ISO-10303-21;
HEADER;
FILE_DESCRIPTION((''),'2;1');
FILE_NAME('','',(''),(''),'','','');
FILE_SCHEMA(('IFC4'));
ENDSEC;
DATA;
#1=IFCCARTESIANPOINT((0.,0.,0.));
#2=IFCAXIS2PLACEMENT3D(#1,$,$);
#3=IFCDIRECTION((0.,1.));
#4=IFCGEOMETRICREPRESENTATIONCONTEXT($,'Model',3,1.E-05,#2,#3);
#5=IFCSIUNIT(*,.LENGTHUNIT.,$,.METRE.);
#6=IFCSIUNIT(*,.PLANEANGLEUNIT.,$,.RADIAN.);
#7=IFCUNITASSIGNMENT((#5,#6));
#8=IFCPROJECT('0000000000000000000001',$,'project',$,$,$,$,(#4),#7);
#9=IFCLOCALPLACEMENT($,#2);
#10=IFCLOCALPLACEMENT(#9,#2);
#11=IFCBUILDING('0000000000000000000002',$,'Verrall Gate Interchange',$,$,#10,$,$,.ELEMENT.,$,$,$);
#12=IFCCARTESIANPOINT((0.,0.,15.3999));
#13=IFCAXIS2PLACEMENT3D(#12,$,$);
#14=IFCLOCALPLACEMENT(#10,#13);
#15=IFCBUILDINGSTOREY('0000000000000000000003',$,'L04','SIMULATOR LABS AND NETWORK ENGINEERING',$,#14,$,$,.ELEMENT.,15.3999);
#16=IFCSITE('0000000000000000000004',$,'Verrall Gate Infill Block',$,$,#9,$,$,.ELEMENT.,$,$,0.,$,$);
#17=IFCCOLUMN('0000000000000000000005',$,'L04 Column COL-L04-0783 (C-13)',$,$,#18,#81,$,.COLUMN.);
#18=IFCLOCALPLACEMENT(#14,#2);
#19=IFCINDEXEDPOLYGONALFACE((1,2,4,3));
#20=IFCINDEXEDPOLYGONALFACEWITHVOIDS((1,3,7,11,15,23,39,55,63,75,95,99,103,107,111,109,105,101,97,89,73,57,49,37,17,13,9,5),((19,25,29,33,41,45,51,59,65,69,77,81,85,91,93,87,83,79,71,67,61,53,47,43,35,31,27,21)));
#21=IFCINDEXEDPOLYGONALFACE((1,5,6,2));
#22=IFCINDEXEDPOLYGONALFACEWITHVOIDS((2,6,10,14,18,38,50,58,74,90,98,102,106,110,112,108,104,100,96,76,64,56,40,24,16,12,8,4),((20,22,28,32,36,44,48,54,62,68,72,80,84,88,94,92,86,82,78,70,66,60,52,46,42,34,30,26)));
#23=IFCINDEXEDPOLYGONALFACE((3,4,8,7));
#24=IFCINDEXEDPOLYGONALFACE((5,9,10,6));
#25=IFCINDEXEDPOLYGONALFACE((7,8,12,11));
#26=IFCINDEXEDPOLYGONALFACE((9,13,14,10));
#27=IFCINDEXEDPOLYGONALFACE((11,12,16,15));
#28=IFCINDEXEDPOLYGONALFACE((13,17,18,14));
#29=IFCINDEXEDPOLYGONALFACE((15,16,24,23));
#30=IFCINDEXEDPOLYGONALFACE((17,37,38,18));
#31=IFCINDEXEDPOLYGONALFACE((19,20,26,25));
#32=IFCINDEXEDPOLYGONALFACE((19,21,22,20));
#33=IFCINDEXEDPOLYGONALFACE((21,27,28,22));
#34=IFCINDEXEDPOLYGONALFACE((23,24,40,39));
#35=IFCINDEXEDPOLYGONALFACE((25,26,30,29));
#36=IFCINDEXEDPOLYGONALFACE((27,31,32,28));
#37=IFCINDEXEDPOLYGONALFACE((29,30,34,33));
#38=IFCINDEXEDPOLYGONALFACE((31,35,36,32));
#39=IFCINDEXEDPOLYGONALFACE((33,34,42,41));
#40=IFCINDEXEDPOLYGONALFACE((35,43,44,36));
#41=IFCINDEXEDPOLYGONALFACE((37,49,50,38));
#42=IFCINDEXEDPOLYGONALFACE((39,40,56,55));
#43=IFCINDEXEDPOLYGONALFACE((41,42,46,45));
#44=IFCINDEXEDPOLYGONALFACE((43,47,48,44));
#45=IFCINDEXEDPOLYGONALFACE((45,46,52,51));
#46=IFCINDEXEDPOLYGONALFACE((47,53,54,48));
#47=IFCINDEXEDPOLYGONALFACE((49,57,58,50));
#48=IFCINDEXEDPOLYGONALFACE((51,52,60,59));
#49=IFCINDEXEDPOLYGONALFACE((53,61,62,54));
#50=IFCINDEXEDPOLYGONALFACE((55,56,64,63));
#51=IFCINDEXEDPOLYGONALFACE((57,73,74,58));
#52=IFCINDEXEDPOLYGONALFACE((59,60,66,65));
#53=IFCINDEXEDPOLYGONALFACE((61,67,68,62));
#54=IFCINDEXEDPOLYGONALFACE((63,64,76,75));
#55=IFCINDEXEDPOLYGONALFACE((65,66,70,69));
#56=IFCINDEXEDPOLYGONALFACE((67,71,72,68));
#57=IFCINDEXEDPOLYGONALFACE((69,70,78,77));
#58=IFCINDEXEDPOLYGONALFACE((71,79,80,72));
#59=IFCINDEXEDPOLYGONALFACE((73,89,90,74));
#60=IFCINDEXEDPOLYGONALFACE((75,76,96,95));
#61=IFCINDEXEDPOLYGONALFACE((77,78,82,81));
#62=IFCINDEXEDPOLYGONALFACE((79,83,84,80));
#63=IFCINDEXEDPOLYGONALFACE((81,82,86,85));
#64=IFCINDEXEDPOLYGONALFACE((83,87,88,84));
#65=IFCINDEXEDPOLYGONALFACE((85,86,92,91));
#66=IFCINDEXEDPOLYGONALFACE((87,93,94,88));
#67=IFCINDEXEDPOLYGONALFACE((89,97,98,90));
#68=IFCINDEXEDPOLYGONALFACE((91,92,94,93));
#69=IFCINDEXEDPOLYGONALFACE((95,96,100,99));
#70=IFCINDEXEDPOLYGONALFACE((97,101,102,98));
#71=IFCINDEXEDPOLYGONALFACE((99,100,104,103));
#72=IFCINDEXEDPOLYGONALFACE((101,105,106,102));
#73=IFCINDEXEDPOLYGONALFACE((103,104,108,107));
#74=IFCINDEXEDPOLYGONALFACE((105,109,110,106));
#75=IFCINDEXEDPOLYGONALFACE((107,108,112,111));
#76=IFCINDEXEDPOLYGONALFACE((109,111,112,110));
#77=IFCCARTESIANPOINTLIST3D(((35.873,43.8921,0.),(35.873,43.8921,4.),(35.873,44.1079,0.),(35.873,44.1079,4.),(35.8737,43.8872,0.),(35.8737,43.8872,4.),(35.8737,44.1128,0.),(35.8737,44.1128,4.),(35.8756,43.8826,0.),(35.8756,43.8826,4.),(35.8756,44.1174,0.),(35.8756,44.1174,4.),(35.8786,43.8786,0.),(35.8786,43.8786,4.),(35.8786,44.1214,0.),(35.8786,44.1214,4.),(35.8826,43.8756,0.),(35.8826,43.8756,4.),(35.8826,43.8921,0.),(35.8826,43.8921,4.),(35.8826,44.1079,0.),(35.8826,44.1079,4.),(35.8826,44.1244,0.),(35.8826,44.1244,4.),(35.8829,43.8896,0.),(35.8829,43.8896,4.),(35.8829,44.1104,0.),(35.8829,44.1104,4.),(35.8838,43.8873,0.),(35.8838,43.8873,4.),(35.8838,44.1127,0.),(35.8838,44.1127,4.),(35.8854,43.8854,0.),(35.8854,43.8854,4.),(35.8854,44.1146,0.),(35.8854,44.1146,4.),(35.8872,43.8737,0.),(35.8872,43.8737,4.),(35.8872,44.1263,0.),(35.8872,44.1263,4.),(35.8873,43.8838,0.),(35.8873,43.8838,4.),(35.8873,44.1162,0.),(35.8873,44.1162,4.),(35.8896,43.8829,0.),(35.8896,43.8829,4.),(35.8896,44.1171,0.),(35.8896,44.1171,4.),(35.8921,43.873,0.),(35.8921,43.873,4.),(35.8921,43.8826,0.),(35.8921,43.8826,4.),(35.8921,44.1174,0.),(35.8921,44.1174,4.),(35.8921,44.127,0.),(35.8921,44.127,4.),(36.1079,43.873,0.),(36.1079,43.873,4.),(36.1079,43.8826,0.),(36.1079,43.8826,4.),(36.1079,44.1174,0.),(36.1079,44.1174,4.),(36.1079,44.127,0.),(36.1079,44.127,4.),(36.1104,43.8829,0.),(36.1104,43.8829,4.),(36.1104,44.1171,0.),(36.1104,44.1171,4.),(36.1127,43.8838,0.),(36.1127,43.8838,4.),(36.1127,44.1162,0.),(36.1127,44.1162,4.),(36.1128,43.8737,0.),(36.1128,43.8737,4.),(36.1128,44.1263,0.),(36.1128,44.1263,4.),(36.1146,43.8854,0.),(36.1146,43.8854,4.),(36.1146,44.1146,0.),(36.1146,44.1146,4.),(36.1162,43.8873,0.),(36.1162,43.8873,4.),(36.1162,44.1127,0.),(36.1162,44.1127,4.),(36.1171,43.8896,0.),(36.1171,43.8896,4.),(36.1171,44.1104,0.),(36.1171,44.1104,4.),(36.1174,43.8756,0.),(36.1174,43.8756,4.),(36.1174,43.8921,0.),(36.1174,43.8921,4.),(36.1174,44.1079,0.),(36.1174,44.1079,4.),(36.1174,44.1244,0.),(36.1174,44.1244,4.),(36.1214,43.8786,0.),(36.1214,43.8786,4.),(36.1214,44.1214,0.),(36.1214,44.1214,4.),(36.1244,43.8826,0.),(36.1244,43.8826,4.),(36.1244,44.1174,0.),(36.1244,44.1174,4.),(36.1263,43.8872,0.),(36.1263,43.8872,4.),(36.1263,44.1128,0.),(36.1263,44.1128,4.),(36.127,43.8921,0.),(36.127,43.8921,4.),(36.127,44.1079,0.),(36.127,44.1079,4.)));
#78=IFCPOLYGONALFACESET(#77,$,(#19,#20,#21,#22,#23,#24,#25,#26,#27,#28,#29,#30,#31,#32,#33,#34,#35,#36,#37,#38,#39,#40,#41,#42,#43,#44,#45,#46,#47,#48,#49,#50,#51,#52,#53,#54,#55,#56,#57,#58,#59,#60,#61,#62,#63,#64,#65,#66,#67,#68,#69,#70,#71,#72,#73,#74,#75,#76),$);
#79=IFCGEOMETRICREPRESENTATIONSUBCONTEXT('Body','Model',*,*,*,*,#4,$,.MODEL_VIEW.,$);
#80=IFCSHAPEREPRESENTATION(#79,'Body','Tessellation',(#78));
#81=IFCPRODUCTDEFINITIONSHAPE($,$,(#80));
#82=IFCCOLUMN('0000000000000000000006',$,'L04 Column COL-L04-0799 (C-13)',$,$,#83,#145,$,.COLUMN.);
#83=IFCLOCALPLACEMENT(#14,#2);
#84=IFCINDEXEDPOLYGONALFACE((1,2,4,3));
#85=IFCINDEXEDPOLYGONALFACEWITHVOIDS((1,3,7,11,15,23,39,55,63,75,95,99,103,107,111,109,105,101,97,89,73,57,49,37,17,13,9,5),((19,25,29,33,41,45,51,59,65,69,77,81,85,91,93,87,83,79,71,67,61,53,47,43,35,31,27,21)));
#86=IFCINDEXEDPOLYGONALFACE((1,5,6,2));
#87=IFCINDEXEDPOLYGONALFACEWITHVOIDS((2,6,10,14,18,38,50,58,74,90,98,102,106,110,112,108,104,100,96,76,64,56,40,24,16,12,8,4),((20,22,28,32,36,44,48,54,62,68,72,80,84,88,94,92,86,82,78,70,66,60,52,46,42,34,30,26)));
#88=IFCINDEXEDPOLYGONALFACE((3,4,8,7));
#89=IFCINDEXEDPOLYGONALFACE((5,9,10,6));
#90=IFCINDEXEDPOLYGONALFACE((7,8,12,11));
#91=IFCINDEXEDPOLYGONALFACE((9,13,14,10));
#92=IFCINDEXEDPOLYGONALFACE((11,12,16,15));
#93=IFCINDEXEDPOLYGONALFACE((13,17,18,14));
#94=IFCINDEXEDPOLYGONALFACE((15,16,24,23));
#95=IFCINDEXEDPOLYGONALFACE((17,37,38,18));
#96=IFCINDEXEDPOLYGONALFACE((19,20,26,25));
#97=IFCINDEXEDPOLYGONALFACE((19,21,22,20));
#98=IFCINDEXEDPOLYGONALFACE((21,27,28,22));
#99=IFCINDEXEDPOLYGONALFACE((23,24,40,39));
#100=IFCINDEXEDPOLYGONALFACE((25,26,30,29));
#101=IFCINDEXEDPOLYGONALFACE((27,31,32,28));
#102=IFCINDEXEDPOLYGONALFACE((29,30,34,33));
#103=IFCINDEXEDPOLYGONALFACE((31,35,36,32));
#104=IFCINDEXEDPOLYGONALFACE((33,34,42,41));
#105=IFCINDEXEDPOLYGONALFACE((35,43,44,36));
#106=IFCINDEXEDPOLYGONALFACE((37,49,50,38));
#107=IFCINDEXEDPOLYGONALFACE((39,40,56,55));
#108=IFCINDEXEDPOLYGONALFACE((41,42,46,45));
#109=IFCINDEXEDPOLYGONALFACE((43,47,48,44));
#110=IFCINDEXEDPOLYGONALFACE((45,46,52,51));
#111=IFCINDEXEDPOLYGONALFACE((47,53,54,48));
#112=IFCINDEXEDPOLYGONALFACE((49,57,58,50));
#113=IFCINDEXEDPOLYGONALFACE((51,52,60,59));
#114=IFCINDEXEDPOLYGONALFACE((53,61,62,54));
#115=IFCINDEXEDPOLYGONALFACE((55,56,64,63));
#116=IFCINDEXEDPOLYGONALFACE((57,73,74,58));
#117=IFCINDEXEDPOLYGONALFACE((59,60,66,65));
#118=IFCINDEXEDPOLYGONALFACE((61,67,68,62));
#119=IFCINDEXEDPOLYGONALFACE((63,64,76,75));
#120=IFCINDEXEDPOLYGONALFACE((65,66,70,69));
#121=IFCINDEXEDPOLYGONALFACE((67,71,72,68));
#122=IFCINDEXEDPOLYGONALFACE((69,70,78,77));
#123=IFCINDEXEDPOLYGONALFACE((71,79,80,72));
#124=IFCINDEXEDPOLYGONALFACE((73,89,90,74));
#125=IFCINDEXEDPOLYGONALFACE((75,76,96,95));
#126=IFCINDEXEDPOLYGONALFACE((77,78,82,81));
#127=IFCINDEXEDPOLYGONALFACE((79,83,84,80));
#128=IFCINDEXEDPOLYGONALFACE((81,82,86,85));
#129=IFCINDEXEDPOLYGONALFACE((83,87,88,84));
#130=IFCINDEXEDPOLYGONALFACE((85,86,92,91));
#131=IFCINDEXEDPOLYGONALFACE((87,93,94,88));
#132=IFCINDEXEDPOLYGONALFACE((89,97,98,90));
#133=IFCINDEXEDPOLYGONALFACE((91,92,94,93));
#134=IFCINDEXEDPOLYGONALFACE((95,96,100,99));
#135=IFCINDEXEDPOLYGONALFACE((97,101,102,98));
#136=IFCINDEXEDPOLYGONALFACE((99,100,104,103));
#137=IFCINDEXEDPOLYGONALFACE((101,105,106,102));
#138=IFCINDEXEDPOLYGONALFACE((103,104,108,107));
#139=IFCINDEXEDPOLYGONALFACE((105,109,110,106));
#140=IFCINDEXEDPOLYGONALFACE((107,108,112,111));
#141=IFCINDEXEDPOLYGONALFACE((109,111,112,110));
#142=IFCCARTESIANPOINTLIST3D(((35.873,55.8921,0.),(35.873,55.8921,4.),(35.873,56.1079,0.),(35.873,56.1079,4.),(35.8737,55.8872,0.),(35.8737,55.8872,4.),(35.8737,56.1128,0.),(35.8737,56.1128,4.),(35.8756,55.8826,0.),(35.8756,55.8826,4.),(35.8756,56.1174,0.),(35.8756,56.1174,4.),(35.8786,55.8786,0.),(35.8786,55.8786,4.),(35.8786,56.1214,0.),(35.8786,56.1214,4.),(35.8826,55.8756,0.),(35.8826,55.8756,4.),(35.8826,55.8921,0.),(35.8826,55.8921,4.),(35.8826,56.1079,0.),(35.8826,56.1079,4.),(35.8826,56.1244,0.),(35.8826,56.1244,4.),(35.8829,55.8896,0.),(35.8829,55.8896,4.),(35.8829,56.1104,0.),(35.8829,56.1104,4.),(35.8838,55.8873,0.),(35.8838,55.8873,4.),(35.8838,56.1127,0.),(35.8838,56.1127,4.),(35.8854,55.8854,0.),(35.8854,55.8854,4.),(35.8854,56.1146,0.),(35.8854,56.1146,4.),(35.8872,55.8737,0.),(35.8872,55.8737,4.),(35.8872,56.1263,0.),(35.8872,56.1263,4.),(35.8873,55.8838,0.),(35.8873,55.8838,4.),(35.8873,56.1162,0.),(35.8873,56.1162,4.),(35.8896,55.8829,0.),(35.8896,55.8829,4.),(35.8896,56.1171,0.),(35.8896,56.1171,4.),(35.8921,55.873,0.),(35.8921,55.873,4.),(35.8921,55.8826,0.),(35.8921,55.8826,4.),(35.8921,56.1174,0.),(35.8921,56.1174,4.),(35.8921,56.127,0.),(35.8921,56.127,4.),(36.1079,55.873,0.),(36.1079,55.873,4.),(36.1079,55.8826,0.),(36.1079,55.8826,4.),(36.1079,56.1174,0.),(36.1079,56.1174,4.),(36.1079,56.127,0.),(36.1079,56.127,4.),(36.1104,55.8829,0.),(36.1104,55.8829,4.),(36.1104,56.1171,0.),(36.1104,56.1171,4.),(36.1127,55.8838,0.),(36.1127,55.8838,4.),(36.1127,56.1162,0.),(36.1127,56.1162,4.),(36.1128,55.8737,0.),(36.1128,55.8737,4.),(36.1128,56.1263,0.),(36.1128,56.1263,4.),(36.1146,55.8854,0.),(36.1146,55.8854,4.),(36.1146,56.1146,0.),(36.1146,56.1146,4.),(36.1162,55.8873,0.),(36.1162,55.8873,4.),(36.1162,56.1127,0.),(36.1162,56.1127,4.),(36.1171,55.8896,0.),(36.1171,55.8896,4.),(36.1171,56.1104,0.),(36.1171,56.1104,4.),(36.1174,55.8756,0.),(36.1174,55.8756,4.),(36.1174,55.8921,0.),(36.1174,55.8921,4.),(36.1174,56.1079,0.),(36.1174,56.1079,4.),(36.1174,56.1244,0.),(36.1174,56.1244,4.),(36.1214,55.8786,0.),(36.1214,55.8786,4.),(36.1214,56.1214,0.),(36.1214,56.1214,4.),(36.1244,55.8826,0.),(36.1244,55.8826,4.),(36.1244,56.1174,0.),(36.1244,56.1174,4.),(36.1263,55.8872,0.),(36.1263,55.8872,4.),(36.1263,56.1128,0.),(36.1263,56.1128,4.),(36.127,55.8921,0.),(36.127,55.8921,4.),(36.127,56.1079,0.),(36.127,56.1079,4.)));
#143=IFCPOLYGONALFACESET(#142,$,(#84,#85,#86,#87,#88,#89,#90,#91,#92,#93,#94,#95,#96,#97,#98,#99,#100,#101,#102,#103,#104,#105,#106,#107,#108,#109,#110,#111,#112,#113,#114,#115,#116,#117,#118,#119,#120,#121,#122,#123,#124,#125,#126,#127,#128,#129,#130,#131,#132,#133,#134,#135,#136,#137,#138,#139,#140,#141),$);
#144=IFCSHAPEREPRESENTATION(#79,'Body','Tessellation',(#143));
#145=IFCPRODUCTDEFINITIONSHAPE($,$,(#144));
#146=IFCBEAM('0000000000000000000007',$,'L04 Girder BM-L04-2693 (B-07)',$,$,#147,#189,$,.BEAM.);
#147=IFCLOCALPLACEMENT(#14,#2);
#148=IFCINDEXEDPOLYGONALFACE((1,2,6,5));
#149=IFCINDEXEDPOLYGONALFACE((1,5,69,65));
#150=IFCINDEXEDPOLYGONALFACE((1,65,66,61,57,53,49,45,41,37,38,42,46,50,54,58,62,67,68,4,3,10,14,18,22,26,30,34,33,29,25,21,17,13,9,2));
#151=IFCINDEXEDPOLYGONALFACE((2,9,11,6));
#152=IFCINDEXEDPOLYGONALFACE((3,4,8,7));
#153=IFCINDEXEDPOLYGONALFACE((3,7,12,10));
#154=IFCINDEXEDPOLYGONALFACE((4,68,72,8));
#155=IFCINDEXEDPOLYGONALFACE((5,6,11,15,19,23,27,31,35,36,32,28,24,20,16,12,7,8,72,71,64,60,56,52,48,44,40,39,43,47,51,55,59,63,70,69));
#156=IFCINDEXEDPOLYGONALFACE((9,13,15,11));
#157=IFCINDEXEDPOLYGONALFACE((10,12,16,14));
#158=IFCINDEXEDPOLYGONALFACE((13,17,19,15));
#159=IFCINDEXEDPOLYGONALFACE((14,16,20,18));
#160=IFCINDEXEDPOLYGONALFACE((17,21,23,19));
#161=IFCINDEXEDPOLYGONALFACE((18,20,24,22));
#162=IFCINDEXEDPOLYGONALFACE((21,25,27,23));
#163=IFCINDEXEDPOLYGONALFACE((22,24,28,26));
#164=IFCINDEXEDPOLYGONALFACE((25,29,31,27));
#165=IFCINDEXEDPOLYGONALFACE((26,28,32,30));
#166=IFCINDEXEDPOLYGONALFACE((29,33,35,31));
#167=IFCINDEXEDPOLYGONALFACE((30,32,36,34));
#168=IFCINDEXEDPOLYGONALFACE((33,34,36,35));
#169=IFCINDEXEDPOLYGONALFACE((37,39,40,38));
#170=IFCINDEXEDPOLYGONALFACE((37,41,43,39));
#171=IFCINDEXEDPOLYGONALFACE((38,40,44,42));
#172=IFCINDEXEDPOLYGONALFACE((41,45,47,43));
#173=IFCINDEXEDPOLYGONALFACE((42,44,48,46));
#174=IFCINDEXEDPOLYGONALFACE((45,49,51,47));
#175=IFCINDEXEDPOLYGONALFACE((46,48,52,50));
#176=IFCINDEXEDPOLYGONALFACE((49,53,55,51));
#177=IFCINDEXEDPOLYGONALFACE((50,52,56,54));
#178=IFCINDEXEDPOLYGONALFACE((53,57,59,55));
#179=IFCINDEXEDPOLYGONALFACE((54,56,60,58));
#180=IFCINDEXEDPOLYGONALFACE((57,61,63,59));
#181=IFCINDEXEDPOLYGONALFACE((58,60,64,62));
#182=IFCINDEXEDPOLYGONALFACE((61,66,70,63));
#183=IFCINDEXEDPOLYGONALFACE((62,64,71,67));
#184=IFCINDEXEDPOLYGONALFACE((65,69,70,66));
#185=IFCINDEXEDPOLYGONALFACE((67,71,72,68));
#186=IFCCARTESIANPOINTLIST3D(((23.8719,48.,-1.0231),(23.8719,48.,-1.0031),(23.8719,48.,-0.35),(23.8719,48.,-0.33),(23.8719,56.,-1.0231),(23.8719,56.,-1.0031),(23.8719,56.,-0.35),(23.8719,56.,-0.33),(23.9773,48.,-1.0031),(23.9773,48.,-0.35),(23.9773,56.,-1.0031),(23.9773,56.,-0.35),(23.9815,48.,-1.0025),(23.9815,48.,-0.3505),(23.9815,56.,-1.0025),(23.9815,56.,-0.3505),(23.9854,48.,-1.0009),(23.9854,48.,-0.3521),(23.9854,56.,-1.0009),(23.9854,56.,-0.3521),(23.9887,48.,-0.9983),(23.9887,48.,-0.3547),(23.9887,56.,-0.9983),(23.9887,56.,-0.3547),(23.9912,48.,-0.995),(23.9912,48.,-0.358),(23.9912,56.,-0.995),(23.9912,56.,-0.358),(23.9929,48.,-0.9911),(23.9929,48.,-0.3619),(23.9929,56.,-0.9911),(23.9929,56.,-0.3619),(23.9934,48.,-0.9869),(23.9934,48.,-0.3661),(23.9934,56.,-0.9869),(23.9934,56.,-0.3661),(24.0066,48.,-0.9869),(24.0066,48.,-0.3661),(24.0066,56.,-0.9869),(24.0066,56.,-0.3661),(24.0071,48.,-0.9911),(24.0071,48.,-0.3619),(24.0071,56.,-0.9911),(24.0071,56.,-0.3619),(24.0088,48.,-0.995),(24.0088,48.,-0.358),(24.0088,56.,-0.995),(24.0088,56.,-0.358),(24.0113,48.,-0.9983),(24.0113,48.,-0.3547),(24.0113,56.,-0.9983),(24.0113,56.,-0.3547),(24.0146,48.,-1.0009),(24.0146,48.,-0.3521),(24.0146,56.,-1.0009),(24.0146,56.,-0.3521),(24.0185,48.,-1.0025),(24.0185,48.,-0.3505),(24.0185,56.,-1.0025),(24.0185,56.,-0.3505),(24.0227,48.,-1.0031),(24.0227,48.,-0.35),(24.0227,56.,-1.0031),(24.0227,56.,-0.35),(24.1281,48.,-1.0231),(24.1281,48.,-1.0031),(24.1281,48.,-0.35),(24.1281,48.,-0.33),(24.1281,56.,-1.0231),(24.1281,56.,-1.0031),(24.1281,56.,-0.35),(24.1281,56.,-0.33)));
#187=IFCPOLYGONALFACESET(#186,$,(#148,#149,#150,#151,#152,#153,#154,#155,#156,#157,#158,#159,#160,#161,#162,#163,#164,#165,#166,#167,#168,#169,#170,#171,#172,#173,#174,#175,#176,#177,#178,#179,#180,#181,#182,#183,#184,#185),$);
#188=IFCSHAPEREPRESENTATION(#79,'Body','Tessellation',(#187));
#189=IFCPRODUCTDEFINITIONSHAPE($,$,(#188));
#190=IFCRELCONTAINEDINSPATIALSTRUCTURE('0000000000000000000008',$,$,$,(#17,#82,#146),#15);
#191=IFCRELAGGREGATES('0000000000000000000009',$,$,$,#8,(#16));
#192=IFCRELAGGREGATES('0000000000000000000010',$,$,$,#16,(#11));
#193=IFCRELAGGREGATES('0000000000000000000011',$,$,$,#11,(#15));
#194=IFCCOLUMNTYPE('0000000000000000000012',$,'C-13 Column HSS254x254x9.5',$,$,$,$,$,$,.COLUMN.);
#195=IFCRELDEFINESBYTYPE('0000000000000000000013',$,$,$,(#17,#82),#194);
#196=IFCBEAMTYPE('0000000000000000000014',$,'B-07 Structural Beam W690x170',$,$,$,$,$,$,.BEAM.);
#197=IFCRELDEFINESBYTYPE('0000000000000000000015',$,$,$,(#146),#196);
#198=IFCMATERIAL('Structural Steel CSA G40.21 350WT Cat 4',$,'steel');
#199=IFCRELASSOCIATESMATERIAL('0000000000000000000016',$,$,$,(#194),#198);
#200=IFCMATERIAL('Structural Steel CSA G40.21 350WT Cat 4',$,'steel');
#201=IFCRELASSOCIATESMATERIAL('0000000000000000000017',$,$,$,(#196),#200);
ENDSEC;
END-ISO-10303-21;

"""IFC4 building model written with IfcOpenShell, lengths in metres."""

from ifc_helpers import new_model, si_unit, direction, frame, origin, origin_2d, place, context, subcontext, project, spatial, hollow_rectangle, i_section, extrude, material, material_profile, profile_set, type_object, element, save


model = new_model("IFC4")

# Units and contexts
model_context = context("Model", 3, precision=1e-05, world=origin(), true_north=direction((0.0, 1.0)))
body_context = subcontext(model_context, "Body", "Model", "MODEL_VIEW")
ifc_project = project(units=[si_unit("LENGTHUNIT", "METRE"), si_unit("PLANEANGLEUNIT", "RADIAN")], contexts=[model_context])

# Site, building, storey
site_placement = place(None, origin())
site = spatial("IfcSite", under=ifc_project, at=site_placement, Name="Verrall Gate Infill Block", CompositionType="ELEMENT", RefElevation=0.0)
building_placement = place(site_placement, origin())
building = spatial("IfcBuilding", under=site, at=building_placement, Name="Verrall Gate Interchange", CompositionType="ELEMENT")
storey_placement = place(building_placement, frame((0.0, 0.0, 15.3999)))
storey = spatial("IfcBuildingStorey", under=building, at=storey_placement, Name="L04", Description="SIMULATOR LABS AND NETWORK ENGINEERING", CompositionType="ELEMENT", Elevation=15.3999)

# Columns
ifc_material_1 = material(Name="Structural Steel CSA G40.21 350WT Cat 4", Category="steel")
ifc_material_profile_1 = material_profile(ifc_material_1, hollow_rectangle(XDim=0.2539, YDim=0.2539, WallThickness=0.0095, InnerFilletRadius=0.0095, OuterFilletRadius=0.019, at=origin_2d()), Name="HSS254x254x9.5")
ifc_profile_set_1 = profile_set([ifc_material_profile_1], Name="Structural Steel CSA G40.21 350WT Cat 4")
column_type_1 = type_object("IfcColumnType", Name="C-13 Column HSS254x254x9.5", PredefinedType="COLUMN", material=ifc_profile_set_1)
for number, where, z_axis, x_axis, name in (
    (1, (36.0, 44.0, 0.0), (0.0, 0.0, 1.0), (1.0, 0.0, 0.0), "L04 Column COL-L04-0783 (C-13)"),
    (2, (36.0, 56.0, 0.0), (0.0, 0.0, 1.0), (1.0, 0.0, 0.0), "L04 Column COL-L04-0799 (C-13)"),
):
    element("IfcColumn", number, at=place(storey_placement, frame(where, z_axis=z_axis, x_axis=x_axis)), inside=storey, type_object=column_type_1, Name=name, PredefinedType="COLUMN", context=body_context, shape_type="SweptSolid", body=[
        extrude(hollow_rectangle(XDim=0.2539, YDim=0.2539, WallThickness=0.0095, InnerFilletRadius=0.0095, OuterFilletRadius=0.019, at=origin_2d()), origin(), (0.0, 0.0, 1.0), 4.0),
    ])

# Beam
ifc_material_2 = material(Name="Structural Steel CSA G40.21 350WT Cat 4", Category="steel")
ifc_material_profile_2 = material_profile(ifc_material_2, i_section(OverallWidth=0.2561, OverallDepth=0.6931, WebThickness=0.0132, FlangeThickness=0.02, FilletRadius=0.0161, at=origin_2d()), Name="W690x170")
ifc_profile_set_2 = profile_set([ifc_material_profile_2], Name="Structural Steel CSA G40.21 350WT Cat 4")
beam_type_1 = type_object("IfcBeamType", Name="B-07 Structural Beam W690x170", PredefinedType="BEAM", material=ifc_profile_set_2)
beam_1_placement = place(storey_placement, frame((24.0, 48.0, -0.6765), z_axis=(0.0, 1.0, 0.0), x_axis=(-1.0, 0.0, 0.0)))
element("IfcBeam", 3, at=beam_1_placement, inside=storey, type_object=beam_type_1, Name="L04 Girder BM-L04-2693 (B-07)", PredefinedType="BEAM", context=body_context, shape_type="SweptSolid", body=[
    extrude(i_section(OverallWidth=0.2561, OverallDepth=0.6931, WebThickness=0.0132, FlangeThickness=0.02, FilletRadius=0.0161, at=origin_2d()), origin(), (0.0, 0.0, 1.0), 8.0),
])

save(model, "model.ifc")
